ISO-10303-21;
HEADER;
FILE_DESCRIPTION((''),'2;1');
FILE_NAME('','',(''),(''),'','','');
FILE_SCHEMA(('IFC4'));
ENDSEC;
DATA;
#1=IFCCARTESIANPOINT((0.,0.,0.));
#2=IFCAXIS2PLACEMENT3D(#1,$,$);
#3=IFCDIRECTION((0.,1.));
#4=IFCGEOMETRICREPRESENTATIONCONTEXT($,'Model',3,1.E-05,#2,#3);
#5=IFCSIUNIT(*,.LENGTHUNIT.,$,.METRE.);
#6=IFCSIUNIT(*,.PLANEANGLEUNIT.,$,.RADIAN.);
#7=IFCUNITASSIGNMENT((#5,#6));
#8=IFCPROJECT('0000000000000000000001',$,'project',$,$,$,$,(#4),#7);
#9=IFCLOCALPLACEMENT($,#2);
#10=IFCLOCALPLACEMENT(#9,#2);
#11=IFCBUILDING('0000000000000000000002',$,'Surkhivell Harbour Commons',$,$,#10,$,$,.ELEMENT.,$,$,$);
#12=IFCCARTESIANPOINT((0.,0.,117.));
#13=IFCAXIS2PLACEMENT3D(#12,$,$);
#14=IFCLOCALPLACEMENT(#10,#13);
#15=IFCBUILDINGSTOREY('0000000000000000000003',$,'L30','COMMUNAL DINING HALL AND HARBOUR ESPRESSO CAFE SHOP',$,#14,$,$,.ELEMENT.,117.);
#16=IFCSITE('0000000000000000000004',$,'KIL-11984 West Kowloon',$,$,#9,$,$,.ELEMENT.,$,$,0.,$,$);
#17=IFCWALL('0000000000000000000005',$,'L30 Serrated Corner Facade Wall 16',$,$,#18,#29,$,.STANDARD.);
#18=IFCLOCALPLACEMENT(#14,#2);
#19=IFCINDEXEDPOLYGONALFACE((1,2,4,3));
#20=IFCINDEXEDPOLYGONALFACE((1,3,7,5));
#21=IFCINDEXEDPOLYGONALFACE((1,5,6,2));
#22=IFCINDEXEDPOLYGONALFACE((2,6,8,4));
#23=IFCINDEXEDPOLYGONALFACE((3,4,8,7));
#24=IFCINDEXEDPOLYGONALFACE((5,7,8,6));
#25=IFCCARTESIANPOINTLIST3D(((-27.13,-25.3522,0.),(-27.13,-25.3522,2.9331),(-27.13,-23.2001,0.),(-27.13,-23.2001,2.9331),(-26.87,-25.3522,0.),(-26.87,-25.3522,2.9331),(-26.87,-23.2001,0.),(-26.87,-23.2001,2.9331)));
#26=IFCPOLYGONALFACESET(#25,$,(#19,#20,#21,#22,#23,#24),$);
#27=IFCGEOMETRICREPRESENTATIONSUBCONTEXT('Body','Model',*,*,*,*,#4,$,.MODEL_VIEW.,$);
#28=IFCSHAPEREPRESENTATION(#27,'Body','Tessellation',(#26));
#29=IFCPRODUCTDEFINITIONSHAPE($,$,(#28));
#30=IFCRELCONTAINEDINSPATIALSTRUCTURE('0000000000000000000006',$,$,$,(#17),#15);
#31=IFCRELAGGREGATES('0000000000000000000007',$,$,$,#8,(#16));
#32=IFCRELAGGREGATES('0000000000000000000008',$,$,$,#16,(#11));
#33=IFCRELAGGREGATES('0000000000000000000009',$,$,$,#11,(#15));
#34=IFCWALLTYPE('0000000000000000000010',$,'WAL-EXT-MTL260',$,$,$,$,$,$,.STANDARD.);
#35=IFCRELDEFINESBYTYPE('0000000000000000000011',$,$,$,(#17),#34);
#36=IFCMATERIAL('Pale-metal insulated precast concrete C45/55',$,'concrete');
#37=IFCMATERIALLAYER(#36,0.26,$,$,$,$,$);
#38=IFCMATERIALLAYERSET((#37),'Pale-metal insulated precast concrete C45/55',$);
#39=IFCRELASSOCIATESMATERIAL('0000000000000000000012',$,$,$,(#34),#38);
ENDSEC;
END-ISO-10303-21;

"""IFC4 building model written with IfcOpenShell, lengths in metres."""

from ifc_helpers import new_model, si_unit, direction, frame, frame_2d, origin, place, context, subcontext, project, spatial, rectangle, extrude, material, layer, layer_set, type_object, element, save


model = new_model("IFC4")

# Units and contexts
model_context = context("Model", 3, precision=1e-05, world=origin(), true_north=direction((0.0, 1.0)))
body_context = subcontext(model_context, "Body", "Model", "MODEL_VIEW")
ifc_project = project(units=[si_unit("LENGTHUNIT", "METRE"), si_unit("PLANEANGLEUNIT", "RADIAN")], contexts=[model_context])

# Site, building, storey
site_placement = place(None, origin())
site = spatial("IfcSite", under=ifc_project, at=site_placement, Name="KIL-11984 West Kowloon", CompositionType="ELEMENT", RefElevation=0.0)
building_placement = place(site_placement, origin())
building = spatial("IfcBuilding", under=site, at=building_placement, Name="Surkhivell Harbour Commons", CompositionType="ELEMENT")
storey_placement = place(building_placement, frame((0.0, 0.0, 117.0)))
storey = spatial("IfcBuildingStorey", under=building, at=storey_placement, Name="L30", Description="COMMUNAL DINING HALL AND HARBOUR ESPRESSO CAFE SHOP", CompositionType="ELEMENT", Elevation=117.0)

# Wall
ifc_material_1 = material(Name="Pale-metal insulated precast concrete C45/55", Category="concrete")
ifc_layer_1 = layer(ifc_material_1, 0.26)
ifc_layer_set_1 = layer_set([ifc_layer_1], Name="Pale-metal insulated precast concrete C45/55")
wall_type = type_object("IfcWallType", Name="WAL-EXT-MTL260", PredefinedType="STANDARD", material=ifc_layer_set_1)
wall_1_placement = place(storey_placement, frame((-27.0, -23.2, 0.0), z_axis=(0.0, 0.0, 1.0), x_axis=(0.0, -1.0, 0.0)))
element("IfcWall", 1, at=wall_1_placement, inside=storey, type_object=wall_type, Name="L30 Serrated Corner Facade Wall 16", PredefinedType="STANDARD", context=body_context, shape_type="SweptSolid", body=[
    extrude(rectangle(XDim=2.1521, YDim=0.26, at=frame_2d((1.0762, 0.0))), origin(), (0.0, 0.0, 1.0), 2.9331),
])

save(model, "model.ifc")
